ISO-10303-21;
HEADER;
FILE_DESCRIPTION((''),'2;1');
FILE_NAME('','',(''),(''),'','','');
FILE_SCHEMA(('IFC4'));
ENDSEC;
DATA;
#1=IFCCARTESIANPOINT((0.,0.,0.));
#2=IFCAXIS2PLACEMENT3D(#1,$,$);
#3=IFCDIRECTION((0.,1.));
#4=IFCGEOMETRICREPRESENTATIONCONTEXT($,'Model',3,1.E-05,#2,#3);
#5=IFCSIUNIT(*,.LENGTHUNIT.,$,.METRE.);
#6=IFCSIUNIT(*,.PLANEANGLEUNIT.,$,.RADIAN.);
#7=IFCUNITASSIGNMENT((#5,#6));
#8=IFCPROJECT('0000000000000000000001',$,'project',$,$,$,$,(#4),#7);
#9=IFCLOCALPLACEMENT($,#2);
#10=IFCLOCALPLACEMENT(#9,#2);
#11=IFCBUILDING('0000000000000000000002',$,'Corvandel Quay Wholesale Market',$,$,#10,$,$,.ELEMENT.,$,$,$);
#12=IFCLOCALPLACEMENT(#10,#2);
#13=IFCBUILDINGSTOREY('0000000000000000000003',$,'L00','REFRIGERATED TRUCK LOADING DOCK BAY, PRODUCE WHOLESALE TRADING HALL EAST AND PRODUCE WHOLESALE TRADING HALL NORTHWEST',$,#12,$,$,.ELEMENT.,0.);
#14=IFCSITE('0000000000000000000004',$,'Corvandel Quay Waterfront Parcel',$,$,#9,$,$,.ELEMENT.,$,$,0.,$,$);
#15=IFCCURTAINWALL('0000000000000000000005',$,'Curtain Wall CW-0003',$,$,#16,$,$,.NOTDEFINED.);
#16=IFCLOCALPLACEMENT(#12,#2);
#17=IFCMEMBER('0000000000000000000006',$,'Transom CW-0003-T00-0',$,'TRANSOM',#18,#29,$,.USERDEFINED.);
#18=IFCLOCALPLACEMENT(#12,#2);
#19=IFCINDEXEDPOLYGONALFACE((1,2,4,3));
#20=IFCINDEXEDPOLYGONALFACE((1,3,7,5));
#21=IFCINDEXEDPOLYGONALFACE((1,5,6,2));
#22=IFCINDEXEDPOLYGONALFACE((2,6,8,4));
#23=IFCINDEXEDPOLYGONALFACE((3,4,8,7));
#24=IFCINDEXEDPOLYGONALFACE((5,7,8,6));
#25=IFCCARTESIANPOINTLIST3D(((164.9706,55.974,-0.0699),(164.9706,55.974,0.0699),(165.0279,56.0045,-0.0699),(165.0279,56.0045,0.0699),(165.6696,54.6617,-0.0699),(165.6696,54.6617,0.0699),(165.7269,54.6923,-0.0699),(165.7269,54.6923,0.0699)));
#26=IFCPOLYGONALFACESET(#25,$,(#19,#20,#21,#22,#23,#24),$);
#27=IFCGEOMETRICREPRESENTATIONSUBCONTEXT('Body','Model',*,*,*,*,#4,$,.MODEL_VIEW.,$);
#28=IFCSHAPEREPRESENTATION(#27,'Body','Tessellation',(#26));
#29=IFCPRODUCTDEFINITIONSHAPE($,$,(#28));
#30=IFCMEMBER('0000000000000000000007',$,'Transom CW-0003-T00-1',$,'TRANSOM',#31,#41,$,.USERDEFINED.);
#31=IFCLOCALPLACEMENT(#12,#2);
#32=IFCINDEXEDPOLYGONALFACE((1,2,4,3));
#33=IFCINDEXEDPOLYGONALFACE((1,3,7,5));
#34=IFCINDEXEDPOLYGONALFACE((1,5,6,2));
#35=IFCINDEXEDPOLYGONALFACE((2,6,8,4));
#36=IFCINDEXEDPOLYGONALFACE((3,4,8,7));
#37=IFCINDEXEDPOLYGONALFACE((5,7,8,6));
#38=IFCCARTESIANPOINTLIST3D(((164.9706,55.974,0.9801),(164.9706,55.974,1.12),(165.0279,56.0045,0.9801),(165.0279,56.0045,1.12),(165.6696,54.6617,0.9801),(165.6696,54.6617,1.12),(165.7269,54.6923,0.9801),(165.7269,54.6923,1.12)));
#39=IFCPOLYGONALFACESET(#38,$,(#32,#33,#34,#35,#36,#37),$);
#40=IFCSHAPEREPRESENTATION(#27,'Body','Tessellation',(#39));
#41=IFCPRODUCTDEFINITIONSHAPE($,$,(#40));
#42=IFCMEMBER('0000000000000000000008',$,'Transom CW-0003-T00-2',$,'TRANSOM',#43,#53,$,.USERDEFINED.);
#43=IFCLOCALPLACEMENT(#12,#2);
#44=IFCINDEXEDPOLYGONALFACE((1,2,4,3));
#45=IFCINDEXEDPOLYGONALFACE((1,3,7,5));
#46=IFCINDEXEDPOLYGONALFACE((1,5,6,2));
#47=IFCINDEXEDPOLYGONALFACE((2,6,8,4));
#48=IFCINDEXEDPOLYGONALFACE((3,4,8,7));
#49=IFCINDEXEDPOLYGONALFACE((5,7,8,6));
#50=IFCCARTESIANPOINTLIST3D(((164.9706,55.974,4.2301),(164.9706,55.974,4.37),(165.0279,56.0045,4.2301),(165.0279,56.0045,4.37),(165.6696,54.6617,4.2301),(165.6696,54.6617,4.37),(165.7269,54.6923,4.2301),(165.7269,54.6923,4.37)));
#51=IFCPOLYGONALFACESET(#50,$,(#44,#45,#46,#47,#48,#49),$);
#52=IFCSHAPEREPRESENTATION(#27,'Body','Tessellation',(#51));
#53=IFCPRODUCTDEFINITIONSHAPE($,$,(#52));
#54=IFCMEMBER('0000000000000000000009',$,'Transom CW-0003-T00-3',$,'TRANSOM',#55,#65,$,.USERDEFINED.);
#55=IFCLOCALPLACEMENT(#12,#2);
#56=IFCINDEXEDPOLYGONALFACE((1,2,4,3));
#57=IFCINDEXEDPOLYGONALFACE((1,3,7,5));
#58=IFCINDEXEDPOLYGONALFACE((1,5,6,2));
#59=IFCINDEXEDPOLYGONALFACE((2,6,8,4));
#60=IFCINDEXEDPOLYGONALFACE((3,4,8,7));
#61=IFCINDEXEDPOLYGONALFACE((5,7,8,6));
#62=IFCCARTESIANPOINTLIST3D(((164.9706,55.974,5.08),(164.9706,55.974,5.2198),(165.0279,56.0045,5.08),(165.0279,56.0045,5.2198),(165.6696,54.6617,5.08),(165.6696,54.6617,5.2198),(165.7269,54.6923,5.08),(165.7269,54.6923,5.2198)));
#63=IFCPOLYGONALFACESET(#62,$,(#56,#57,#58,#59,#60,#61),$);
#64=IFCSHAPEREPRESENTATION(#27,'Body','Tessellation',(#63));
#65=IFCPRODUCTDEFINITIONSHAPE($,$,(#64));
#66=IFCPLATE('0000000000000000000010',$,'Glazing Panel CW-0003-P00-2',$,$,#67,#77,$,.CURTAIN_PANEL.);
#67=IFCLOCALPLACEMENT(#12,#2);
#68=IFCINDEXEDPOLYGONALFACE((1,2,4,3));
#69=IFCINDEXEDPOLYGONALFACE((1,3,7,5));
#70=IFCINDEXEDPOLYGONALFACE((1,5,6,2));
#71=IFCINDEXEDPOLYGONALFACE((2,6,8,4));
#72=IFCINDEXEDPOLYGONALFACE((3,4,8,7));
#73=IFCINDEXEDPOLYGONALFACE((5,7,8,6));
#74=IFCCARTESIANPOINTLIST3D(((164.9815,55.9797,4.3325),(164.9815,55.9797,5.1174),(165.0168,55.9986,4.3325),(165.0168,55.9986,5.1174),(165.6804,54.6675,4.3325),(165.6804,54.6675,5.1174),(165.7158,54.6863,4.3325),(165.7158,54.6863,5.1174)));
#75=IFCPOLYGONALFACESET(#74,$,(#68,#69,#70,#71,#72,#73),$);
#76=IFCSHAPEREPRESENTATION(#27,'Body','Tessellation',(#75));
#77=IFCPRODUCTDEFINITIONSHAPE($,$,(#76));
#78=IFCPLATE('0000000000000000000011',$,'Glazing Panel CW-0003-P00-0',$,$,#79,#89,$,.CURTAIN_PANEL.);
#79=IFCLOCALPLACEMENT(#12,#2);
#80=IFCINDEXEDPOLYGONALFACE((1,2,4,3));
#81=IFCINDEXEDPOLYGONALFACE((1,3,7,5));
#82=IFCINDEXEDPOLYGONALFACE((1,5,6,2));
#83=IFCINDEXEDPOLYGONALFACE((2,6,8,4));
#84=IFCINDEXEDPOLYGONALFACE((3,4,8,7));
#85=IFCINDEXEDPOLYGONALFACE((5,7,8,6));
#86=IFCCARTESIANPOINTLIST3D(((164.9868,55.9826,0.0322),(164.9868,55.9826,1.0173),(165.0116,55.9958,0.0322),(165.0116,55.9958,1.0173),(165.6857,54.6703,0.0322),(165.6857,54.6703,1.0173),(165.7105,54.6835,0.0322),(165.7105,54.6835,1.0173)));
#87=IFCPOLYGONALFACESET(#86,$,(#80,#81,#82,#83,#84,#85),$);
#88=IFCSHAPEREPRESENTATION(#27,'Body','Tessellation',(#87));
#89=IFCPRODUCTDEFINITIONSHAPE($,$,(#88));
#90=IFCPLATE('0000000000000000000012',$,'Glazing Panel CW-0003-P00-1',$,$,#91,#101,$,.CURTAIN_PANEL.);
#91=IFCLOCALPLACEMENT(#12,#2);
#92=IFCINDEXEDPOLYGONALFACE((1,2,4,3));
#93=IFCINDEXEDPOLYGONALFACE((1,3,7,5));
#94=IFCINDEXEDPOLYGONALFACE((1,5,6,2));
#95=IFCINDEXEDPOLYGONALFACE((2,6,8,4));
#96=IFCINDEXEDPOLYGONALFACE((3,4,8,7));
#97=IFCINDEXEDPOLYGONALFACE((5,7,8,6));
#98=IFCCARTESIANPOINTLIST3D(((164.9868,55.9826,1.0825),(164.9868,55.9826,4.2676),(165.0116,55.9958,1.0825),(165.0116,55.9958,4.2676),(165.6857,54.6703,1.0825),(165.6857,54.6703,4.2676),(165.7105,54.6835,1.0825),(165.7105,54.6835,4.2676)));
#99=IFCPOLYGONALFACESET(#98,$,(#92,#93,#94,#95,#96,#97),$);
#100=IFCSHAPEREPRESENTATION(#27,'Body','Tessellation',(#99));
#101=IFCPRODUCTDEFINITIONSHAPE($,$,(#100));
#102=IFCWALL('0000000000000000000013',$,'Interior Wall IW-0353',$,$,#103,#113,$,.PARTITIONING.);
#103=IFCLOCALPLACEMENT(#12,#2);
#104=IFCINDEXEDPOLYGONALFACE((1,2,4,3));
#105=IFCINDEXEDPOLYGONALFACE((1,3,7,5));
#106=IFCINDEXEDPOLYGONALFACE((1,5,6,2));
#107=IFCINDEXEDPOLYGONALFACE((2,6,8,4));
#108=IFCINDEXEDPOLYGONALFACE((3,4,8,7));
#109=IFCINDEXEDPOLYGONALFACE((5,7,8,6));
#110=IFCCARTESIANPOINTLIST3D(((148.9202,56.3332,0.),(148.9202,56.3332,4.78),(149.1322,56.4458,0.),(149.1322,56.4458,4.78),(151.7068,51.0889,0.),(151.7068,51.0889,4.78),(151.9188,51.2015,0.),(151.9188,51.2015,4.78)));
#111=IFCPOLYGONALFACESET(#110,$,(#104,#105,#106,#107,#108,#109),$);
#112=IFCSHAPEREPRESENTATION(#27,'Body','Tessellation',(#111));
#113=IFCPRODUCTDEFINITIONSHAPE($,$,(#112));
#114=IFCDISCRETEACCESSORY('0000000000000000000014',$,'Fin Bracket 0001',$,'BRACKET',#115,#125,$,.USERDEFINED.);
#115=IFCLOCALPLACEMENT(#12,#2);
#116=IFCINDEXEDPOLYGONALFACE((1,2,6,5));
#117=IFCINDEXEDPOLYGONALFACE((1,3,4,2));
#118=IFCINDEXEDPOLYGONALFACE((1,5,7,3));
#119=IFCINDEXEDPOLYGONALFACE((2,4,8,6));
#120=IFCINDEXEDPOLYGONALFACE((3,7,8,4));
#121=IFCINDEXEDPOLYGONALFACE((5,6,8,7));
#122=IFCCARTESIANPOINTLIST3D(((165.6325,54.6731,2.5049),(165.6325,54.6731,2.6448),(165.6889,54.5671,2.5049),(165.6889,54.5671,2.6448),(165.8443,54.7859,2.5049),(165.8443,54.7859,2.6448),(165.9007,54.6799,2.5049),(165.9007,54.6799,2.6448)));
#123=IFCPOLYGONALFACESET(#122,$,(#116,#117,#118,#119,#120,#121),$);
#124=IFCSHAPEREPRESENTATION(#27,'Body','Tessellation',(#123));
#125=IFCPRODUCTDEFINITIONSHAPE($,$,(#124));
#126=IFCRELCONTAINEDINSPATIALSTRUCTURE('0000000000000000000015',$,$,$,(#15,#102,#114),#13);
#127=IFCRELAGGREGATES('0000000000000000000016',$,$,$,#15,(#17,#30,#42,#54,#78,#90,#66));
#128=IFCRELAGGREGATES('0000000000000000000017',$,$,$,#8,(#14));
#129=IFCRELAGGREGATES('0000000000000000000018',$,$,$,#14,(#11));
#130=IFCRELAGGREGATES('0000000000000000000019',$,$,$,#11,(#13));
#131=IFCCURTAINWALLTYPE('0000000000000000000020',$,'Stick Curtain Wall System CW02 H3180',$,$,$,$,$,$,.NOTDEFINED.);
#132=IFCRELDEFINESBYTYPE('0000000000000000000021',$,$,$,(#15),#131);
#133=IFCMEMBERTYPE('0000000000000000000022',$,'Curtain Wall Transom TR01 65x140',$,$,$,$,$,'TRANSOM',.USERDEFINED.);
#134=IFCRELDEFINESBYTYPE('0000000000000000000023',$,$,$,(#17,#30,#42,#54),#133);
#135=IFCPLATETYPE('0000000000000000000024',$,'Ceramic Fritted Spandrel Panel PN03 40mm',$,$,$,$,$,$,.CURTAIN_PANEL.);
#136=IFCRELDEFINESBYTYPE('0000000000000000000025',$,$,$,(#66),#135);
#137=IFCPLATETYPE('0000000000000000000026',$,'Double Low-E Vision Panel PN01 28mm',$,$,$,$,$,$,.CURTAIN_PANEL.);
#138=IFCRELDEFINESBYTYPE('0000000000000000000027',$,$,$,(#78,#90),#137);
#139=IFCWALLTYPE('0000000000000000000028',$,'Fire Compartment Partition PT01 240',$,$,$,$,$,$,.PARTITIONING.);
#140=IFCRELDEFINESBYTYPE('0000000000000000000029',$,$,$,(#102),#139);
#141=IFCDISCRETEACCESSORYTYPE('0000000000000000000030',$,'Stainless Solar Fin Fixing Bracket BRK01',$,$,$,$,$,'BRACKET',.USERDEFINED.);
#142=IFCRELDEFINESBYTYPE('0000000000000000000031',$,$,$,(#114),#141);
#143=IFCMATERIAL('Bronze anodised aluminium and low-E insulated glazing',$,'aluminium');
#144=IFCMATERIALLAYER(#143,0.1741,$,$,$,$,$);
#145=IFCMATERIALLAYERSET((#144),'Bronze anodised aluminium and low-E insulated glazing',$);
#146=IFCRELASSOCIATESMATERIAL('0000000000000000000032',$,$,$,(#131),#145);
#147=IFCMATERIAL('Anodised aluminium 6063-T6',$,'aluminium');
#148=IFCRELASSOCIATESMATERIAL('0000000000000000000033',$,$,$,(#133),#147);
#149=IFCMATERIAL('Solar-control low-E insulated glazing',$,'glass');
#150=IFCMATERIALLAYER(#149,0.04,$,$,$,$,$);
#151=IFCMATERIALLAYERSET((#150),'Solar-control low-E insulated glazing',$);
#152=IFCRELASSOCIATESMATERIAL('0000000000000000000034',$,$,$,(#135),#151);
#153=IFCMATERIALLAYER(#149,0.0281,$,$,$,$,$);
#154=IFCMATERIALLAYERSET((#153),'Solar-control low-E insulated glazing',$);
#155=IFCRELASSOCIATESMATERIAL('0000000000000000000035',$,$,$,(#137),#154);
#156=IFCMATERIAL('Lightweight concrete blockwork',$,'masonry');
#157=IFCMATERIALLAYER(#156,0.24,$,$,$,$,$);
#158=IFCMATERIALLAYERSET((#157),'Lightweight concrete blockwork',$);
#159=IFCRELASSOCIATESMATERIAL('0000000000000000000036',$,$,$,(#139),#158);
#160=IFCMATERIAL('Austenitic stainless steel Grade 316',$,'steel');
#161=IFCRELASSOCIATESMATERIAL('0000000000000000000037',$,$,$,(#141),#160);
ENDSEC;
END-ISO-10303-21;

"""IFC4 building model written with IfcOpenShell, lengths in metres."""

from ifc_helpers import new_model, si_unit, direction, frame, frame_2d, origin, origin_2d, place, context, subcontext, project, spatial, rectangle, extrude, material, layer, layer_set, material_profile, profile_set, type_object, element, aggregate, save


model = new_model("IFC4")

# Units and contexts
model_context = context("Model", 3, precision=1e-05, world=origin(), true_north=direction((0.0, 1.0)))
body_context = subcontext(model_context, "Body", "Model", "MODEL_VIEW")
ifc_project = project(units=[si_unit("LENGTHUNIT", "METRE"), si_unit("PLANEANGLEUNIT", "RADIAN")], contexts=[model_context])

# Site, building, storey
site_placement = place(None, origin())
site = spatial("IfcSite", under=ifc_project, at=site_placement, Name="Corvandel Quay Waterfront Parcel", CompositionType="ELEMENT", RefElevation=0.0)
building_placement = place(site_placement, origin())
building = spatial("IfcBuilding", under=site, at=building_placement, Name="Corvandel Quay Wholesale Market", CompositionType="ELEMENT")
storey_placement = place(building_placement, origin())
storey = spatial("IfcBuildingStorey", under=building, at=storey_placement, Name="L00", Description="REFRIGERATED TRUCK LOADING DOCK BAY, PRODUCE WHOLESALE TRADING HALL EAST AND PRODUCE WHOLESALE TRADING HALL NORTHWEST", CompositionType="ELEMENT", Elevation=0.0)

# Curtain wall, members, plates
ifc_material_1 = material(Name="Bronze anodised aluminium and low-E insulated glazing", Category="aluminium")
ifc_layer_1 = layer(ifc_material_1, 0.1741)
ifc_layer_set_1 = layer_set([ifc_layer_1], Name="Bronze anodised aluminium and low-E insulated glazing")
curtain_wall_type = type_object("IfcCurtainWallType", Name="Stick Curtain Wall System CW02 H3180", PredefinedType="NOTDEFINED", material=ifc_layer_set_1)
curtain_wall_placement = place(storey_placement, origin())
curtain_wall = element("IfcCurtainWall", 1, at=curtain_wall_placement, inside=storey, type_object=curtain_wall_type, Name="Curtain Wall CW-0003", PredefinedType="NOTDEFINED")
ifc_material_2 = material(Name="Anodised aluminium 6063-T6", Category="aluminium")
ifc_material_profile_1 = material_profile(ifc_material_2, rectangle(XDim=0.0649, YDim=0.1399, at=origin_2d()), Name="ALU-TRN-65x140")
ifc_profile_set_1 = profile_set([ifc_material_profile_1], Name="Anodised aluminium 6063-T6")
member_type_1 = type_object("IfcMemberType", Name="Curtain Wall Transom TR01 65x140", ElementType="TRANSOM", PredefinedType="USERDEFINED", material=ifc_profile_set_1)
member_1_placement = place(storey_placement, frame((165.6982, 54.677, 0.0), z_axis=(-0.470119, 0.882603, 0.0), x_axis=(-0.882603, -0.470119, 0.0)))
member_1 = element("IfcMember", 2, at=member_1_placement, type_object=member_type_1, Name="Transom CW-0003-T00-0", ObjectType="TRANSOM", PredefinedType="USERDEFINED", context=body_context, shape_type="SweptSolid", body=[
    extrude(rectangle(XDim=0.0649, YDim=0.1399, at=origin_2d()), origin(), (0.0, 0.0, 1.0), 1.4868),
])
member_2_placement = place(storey_placement, frame((165.6982, 54.677, 1.05), z_axis=(-0.470119, 0.882603, 0.0), x_axis=(-0.882603, -0.470119, 0.0)))
member_2 = element("IfcMember", 3, at=member_2_placement, type_object=member_type_1, Name="Transom CW-0003-T00-1", ObjectType="TRANSOM", PredefinedType="USERDEFINED", context=body_context, shape_type="SweptSolid", body=[
    extrude(rectangle(XDim=0.0649, YDim=0.1399, at=origin_2d()), origin(), (0.0, 0.0, 1.0), 1.4868),
])
member_3_placement = place(storey_placement, frame((165.6982, 54.677, 4.3), z_axis=(-0.470119, 0.882603, 0.0), x_axis=(-0.882603, -0.470119, 0.0)))
member_3 = element("IfcMember", 4, at=member_3_placement, type_object=member_type_1, Name="Transom CW-0003-T00-2", ObjectType="TRANSOM", PredefinedType="USERDEFINED", context=body_context, shape_type="SweptSolid", body=[
    extrude(rectangle(XDim=0.0649, YDim=0.1399, at=origin_2d()), origin(), (0.0, 0.0, 1.0), 1.4868),
])
member_4_placement = place(storey_placement, frame((165.6982, 54.677, 5.1499), z_axis=(-0.470119, 0.882603, 0.0), x_axis=(-0.882603, -0.470119, 0.0)))
member_4 = element("IfcMember", 5, at=member_4_placement, type_object=member_type_1, Name="Transom CW-0003-T00-3", ObjectType="TRANSOM", PredefinedType="USERDEFINED", context=body_context, shape_type="SweptSolid", body=[
    extrude(rectangle(XDim=0.0649, YDim=0.1399, at=origin_2d()), origin(), (0.0, 0.0, 1.0), 1.4868),
])
ifc_material_3 = material(Name="Solar-control low-E insulated glazing", Category="glass")
ifc_layer_2 = layer(ifc_material_3, 0.04)
ifc_layer_set_2 = layer_set([ifc_layer_2], Name="Solar-control low-E insulated glazing")
plate_type_1 = type_object("IfcPlateType", Name="Ceramic Fritted Spandrel Panel PN03 40mm", PredefinedType="CURTAIN_PANEL", material=ifc_layer_set_2)
plate_1_placement = place(storey_placement, frame((165.3486, 55.333, 4.3325), z_axis=(0.0, 0.0, 1.0), x_axis=(-0.470088, 0.88262, 0.0)))
plate_1 = element("IfcPlate", 6, at=plate_1_placement, type_object=plate_type_1, Name="Glazing Panel CW-0003-P00-2", PredefinedType="CURTAIN_PANEL", context=body_context, shape_type="SweptSolid", body=[
    extrude(rectangle(XDim=1.4868, YDim=0.04, at=origin_2d()), origin(), (0.0, 0.0, 1.0), 0.7849),
])
ifc_layer_3 = layer(ifc_material_3, 0.0281)
ifc_layer_set_3 = layer_set([ifc_layer_3], Name="Solar-control low-E insulated glazing")
plate_type_2 = type_object("IfcPlateType", Name="Double Low-E Vision Panel PN01 28mm", PredefinedType="CURTAIN_PANEL", material=ifc_layer_set_3)
plate_2_placement = place(storey_placement, frame((165.3486, 55.333, 0.0322), z_axis=(0.0, 0.0, 1.0), x_axis=(-0.470088, 0.88262, 0.0)))
plate_2 = element("IfcPlate", 7, at=plate_2_placement, type_object=plate_type_2, Name="Glazing Panel CW-0003-P00-0", PredefinedType="CURTAIN_PANEL", context=body_context, shape_type="SweptSolid", body=[
    extrude(rectangle(XDim=1.4868, YDim=0.0281, at=origin_2d()), origin(), (0.0, 0.0, 1.0), 0.9851),
])
plate_3_placement = place(storey_placement, frame((165.3486, 55.333, 1.0825), z_axis=(0.0, 0.0, 1.0), x_axis=(-0.470088, 0.88262, 0.0)))
plate_3 = element("IfcPlate", 8, at=plate_3_placement, type_object=plate_type_2, Name="Glazing Panel CW-0003-P00-1", PredefinedType="CURTAIN_PANEL", context=body_context, shape_type="SweptSolid", body=[
    extrude(rectangle(XDim=1.4868, YDim=0.0281, at=origin_2d()), origin(), (0.0, 0.0, 1.0), 3.1851),
])
aggregate(curtain_wall, [member_1, member_2, member_3, member_4, plate_2, plate_3, plate_1])

# Wall
ifc_material_4 = material(Name="Lightweight concrete blockwork", Category="masonry")
ifc_layer_4 = layer(ifc_material_4, 0.24)
ifc_layer_set_4 = layer_set([ifc_layer_4], Name="Lightweight concrete blockwork")
wall_type = type_object("IfcWallType", Name="Fire Compartment Partition PT01 240", PredefinedType="PARTITIONING", material=ifc_layer_set_4)
wall_placement = place(storey_placement, frame((151.8127, 51.1453, 0.0), z_axis=(0.0, 0.0, 1.0), x_axis=(-0.469226, 0.883078, 0.0)))
element("IfcWall", 9, at=wall_placement, inside=storey, type_object=wall_type, Name="Interior Wall IW-0353", PredefinedType="PARTITIONING", context=body_context, shape_type="SweptSolid", body=[
    extrude(rectangle(XDim=5.9387, YDim=0.24, at=frame_2d((2.9692, 0.0))), origin(), (0.0, 0.0, 1.0), 4.78),
])

# Discrete accessory
ifc_material_5 = material(Name="Austenitic stainless steel Grade 316", Category="steel")
discrete_accessory_type = type_object("IfcDiscreteAccessoryType", Name="Stainless Solar Fin Fixing Bracket BRK01", ElementType="BRACKET", PredefinedType="USERDEFINED", material=ifc_material_5)
discrete_accessory_placement = place(storey_placement, frame((165.7666, 54.6765, 2.5049), z_axis=(0.0, 0.0, 1.0), x_axis=(0.88262, 0.470088, 0.0)))
element("IfcDiscreteAccessory", 10, at=discrete_accessory_placement, inside=storey, type_object=discrete_accessory_type, Name="Fin Bracket 0001", ObjectType="BRACKET", PredefinedType="USERDEFINED", context=body_context, shape_type="SweptSolid", body=[
    extrude(rectangle(XDim=0.24, YDim=0.1201, at=origin_2d()), origin(), (0.0, 0.0, 1.0), 0.1399),
])

save(model, "model.ifc")
